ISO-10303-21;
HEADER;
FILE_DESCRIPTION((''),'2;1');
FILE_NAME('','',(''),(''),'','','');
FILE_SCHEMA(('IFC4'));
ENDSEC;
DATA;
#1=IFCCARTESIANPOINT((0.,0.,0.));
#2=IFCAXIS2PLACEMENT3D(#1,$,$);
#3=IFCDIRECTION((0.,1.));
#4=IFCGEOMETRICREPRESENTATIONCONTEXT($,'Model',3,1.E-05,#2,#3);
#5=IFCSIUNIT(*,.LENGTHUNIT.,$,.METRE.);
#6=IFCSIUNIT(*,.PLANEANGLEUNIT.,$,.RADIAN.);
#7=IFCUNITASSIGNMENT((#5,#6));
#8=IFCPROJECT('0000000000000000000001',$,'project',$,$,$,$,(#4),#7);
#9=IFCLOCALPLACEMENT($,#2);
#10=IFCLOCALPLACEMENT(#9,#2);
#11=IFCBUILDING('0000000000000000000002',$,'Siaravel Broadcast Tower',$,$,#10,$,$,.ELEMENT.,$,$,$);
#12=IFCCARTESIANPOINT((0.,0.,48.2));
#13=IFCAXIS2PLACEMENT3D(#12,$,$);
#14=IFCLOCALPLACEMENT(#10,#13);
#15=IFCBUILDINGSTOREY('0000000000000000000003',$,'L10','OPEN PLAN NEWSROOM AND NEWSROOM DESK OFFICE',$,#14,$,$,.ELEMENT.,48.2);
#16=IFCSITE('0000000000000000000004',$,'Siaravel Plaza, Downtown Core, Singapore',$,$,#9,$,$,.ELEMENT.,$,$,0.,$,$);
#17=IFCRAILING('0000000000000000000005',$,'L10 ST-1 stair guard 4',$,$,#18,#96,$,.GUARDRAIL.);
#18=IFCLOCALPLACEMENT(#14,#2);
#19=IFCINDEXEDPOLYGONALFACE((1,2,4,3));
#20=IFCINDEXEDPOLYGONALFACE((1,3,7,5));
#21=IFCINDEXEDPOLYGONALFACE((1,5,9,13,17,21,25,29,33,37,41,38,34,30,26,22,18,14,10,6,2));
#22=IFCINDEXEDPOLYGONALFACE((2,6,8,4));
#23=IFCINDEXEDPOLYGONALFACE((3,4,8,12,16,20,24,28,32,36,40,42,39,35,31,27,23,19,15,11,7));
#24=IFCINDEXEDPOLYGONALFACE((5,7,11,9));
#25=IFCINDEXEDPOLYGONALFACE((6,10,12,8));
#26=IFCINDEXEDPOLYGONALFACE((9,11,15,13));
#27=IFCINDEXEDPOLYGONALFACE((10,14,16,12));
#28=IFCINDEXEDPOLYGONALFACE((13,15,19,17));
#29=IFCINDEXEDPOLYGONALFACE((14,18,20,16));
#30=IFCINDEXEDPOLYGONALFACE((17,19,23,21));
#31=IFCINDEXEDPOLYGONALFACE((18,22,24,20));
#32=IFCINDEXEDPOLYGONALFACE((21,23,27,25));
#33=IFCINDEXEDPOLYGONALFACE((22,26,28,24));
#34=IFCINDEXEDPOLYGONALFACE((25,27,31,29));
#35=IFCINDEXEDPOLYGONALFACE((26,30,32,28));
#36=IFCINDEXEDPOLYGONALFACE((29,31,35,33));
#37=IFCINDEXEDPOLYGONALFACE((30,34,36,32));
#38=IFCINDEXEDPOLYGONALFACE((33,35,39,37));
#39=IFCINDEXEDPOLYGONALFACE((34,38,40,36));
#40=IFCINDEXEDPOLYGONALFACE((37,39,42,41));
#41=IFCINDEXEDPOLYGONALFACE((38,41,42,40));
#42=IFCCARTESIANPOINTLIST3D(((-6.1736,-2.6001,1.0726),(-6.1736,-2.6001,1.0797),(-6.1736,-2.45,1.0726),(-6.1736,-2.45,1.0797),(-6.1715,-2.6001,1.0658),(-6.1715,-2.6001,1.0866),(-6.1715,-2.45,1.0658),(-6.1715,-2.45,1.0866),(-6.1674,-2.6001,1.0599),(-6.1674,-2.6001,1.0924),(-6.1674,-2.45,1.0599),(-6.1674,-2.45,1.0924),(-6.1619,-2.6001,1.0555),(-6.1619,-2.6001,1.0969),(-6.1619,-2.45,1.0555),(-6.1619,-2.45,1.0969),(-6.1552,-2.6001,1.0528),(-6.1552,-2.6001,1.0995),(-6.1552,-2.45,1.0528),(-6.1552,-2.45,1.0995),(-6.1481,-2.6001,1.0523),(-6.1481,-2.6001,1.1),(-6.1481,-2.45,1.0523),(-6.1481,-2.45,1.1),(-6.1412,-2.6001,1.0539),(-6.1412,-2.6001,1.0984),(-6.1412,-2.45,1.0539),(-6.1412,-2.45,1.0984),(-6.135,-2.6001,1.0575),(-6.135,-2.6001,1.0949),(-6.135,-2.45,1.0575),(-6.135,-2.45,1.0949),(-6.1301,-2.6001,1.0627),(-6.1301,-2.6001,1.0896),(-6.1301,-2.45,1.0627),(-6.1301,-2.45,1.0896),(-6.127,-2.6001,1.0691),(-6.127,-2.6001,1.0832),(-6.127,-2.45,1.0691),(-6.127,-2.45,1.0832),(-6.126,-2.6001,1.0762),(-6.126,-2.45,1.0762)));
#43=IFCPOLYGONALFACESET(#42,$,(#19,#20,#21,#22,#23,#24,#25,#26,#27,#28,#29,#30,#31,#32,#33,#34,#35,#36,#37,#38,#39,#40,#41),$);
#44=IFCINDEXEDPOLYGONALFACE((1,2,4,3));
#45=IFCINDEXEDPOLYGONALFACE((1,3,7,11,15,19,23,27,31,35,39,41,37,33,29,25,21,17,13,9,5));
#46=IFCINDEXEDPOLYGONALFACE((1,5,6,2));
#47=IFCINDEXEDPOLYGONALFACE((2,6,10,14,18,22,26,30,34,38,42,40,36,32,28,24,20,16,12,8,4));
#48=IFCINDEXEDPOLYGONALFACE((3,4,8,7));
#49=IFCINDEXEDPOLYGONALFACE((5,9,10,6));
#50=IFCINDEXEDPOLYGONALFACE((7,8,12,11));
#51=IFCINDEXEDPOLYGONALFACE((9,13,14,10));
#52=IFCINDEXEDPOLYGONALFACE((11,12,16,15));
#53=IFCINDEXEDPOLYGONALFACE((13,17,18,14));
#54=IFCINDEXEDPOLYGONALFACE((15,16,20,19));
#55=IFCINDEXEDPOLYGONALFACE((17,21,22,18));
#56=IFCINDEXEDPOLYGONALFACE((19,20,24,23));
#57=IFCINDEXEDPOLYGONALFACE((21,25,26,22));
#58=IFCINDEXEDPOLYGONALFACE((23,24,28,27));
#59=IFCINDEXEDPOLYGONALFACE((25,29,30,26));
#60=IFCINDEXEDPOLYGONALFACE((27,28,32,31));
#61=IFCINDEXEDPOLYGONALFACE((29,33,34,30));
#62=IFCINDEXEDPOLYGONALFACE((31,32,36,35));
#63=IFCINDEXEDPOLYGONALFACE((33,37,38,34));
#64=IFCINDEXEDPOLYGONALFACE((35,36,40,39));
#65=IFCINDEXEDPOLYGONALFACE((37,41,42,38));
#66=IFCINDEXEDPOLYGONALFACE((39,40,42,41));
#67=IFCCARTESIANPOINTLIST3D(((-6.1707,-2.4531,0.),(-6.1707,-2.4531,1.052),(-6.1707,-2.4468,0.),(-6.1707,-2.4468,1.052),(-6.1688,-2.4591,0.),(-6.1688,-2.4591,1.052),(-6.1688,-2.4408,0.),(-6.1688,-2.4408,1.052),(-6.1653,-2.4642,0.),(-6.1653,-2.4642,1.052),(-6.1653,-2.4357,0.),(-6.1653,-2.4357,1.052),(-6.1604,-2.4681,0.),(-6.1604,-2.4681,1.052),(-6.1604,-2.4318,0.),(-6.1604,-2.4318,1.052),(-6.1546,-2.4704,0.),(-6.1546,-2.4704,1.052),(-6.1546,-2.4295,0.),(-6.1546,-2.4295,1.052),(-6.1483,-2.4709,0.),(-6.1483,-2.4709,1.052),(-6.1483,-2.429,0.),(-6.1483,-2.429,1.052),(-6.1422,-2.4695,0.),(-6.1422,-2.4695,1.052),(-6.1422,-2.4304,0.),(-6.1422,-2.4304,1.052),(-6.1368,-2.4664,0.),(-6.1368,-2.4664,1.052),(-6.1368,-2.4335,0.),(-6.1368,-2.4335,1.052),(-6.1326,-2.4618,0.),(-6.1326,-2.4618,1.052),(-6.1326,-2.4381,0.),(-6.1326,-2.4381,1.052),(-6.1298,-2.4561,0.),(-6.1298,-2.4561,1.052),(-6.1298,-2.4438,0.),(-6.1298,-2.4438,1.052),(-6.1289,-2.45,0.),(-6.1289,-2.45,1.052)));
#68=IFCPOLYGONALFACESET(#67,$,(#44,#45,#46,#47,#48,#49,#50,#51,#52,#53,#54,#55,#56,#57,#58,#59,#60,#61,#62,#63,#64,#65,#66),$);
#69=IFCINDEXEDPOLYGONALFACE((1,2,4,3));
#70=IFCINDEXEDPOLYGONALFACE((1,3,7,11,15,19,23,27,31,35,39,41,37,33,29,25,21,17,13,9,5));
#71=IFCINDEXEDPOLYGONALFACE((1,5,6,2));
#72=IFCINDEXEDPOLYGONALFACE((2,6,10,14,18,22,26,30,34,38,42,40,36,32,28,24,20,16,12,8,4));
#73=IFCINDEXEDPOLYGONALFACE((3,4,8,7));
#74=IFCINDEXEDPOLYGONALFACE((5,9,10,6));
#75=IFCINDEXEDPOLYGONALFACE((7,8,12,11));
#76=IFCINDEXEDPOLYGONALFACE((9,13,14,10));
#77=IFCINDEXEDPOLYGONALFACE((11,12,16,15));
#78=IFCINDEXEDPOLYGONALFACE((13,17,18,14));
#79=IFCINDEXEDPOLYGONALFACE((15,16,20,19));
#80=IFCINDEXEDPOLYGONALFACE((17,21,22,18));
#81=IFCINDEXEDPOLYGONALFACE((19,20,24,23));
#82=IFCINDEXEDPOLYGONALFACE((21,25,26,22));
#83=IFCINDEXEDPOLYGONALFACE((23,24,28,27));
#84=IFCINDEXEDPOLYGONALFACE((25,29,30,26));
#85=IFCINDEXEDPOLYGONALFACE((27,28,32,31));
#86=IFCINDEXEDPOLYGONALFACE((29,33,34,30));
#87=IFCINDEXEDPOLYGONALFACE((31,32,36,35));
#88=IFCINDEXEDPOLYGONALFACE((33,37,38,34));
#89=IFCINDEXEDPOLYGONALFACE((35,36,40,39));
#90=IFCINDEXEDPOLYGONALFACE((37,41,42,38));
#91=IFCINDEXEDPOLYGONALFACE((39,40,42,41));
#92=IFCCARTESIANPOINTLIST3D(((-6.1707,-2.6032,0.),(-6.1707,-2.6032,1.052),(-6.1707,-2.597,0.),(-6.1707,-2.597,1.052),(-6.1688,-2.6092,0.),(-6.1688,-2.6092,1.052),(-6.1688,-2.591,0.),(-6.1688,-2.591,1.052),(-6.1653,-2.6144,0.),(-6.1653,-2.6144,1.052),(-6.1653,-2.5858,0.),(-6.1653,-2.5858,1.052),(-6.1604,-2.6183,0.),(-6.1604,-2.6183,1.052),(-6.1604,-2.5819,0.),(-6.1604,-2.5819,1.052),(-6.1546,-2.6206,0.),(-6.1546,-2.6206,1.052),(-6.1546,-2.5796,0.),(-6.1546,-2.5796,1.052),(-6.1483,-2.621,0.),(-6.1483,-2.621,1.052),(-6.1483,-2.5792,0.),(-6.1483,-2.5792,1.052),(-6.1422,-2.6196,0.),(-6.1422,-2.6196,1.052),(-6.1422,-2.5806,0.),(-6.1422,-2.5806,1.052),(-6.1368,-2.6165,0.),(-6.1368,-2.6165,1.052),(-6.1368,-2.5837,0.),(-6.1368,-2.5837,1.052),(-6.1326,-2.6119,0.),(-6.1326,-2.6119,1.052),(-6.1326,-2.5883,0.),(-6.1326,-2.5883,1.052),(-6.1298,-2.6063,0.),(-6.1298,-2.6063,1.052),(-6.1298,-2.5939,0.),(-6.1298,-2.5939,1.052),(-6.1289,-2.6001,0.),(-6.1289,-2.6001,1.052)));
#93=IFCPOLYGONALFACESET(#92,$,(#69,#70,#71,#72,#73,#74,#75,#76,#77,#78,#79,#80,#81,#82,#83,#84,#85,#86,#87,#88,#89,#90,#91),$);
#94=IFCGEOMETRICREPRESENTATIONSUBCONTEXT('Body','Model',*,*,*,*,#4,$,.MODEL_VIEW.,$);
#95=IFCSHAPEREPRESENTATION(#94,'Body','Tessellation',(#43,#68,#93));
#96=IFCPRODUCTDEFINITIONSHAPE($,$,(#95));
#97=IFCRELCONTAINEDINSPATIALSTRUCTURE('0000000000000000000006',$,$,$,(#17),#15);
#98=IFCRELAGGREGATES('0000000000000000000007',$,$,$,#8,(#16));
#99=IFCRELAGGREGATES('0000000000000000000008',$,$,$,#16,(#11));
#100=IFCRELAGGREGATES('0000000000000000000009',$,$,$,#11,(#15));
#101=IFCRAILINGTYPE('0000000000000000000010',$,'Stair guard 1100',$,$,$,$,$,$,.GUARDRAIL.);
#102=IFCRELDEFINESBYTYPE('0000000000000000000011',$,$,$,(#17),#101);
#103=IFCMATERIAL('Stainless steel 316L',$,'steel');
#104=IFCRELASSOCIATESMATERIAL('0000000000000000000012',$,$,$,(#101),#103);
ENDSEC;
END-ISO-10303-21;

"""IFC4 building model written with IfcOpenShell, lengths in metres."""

from ifc_helpers import new_model, si_unit, direction, frame, origin, origin_2d, place, context, subcontext, project, spatial, circle, extrude, material, type_object, element, save


model = new_model("IFC4")

# Units and contexts
model_context = context("Model", 3, precision=1e-05, world=origin(), true_north=direction((0.0, 1.0)))
body_context = subcontext(model_context, "Body", "Model", "MODEL_VIEW")
ifc_project = project(units=[si_unit("LENGTHUNIT", "METRE"), si_unit("PLANEANGLEUNIT", "RADIAN")], contexts=[model_context])

# Site, building, storey
site_placement = place(None, origin())
site = spatial("IfcSite", under=ifc_project, at=site_placement, Name="Siaravel Plaza, Downtown Core, Singapore", CompositionType="ELEMENT", RefElevation=0.0)
building_placement = place(site_placement, origin())
building = spatial("IfcBuilding", under=site, at=building_placement, Name="Siaravel Broadcast Tower", CompositionType="ELEMENT")
storey_placement = place(building_placement, frame((0.0, 0.0, 48.2)))
storey = spatial("IfcBuildingStorey", under=building, at=storey_placement, Name="L10", Description="OPEN PLAN NEWSROOM AND NEWSROOM DESK OFFICE", CompositionType="ELEMENT", Elevation=48.2)

# Shared definitions
ifc_material_1 = material(Name="Stainless steel 316L", Category="steel")

# Railing
railing_type_1 = type_object("IfcRailingType", Name="Stair guard 1100", PredefinedType="GUARDRAIL", material=ifc_material_1)
railing_1_placement = place(storey_placement, frame((-6.1499, -2.45, 0.0)))
element("IfcRailing", 1, at=railing_1_placement, inside=storey, type_object=railing_type_1, Name="L10 ST-1 stair guard 4", PredefinedType="GUARDRAIL", context=body_context, shape_type="SweptSolid", body=[
    extrude(circle(Radius=0.0239, at=origin_2d()), frame((0.0, 0.0, 1.0762), z_axis=(0.0, -1.0, 0.0), x_axis=(1.0, 0.0, 0.0)), (0.0, 0.0, 1.0), 0.1501),
    extrude(circle(Radius=0.021, at=origin_2d()), origin(), (0.0, 0.0, 1.0), 1.052),
    extrude(circle(Radius=0.021, at=origin_2d()), frame((0.0, -0.1501, 0.0)), (0.0, 0.0, 1.0), 1.052),
])

save(model, "model.ifc")
